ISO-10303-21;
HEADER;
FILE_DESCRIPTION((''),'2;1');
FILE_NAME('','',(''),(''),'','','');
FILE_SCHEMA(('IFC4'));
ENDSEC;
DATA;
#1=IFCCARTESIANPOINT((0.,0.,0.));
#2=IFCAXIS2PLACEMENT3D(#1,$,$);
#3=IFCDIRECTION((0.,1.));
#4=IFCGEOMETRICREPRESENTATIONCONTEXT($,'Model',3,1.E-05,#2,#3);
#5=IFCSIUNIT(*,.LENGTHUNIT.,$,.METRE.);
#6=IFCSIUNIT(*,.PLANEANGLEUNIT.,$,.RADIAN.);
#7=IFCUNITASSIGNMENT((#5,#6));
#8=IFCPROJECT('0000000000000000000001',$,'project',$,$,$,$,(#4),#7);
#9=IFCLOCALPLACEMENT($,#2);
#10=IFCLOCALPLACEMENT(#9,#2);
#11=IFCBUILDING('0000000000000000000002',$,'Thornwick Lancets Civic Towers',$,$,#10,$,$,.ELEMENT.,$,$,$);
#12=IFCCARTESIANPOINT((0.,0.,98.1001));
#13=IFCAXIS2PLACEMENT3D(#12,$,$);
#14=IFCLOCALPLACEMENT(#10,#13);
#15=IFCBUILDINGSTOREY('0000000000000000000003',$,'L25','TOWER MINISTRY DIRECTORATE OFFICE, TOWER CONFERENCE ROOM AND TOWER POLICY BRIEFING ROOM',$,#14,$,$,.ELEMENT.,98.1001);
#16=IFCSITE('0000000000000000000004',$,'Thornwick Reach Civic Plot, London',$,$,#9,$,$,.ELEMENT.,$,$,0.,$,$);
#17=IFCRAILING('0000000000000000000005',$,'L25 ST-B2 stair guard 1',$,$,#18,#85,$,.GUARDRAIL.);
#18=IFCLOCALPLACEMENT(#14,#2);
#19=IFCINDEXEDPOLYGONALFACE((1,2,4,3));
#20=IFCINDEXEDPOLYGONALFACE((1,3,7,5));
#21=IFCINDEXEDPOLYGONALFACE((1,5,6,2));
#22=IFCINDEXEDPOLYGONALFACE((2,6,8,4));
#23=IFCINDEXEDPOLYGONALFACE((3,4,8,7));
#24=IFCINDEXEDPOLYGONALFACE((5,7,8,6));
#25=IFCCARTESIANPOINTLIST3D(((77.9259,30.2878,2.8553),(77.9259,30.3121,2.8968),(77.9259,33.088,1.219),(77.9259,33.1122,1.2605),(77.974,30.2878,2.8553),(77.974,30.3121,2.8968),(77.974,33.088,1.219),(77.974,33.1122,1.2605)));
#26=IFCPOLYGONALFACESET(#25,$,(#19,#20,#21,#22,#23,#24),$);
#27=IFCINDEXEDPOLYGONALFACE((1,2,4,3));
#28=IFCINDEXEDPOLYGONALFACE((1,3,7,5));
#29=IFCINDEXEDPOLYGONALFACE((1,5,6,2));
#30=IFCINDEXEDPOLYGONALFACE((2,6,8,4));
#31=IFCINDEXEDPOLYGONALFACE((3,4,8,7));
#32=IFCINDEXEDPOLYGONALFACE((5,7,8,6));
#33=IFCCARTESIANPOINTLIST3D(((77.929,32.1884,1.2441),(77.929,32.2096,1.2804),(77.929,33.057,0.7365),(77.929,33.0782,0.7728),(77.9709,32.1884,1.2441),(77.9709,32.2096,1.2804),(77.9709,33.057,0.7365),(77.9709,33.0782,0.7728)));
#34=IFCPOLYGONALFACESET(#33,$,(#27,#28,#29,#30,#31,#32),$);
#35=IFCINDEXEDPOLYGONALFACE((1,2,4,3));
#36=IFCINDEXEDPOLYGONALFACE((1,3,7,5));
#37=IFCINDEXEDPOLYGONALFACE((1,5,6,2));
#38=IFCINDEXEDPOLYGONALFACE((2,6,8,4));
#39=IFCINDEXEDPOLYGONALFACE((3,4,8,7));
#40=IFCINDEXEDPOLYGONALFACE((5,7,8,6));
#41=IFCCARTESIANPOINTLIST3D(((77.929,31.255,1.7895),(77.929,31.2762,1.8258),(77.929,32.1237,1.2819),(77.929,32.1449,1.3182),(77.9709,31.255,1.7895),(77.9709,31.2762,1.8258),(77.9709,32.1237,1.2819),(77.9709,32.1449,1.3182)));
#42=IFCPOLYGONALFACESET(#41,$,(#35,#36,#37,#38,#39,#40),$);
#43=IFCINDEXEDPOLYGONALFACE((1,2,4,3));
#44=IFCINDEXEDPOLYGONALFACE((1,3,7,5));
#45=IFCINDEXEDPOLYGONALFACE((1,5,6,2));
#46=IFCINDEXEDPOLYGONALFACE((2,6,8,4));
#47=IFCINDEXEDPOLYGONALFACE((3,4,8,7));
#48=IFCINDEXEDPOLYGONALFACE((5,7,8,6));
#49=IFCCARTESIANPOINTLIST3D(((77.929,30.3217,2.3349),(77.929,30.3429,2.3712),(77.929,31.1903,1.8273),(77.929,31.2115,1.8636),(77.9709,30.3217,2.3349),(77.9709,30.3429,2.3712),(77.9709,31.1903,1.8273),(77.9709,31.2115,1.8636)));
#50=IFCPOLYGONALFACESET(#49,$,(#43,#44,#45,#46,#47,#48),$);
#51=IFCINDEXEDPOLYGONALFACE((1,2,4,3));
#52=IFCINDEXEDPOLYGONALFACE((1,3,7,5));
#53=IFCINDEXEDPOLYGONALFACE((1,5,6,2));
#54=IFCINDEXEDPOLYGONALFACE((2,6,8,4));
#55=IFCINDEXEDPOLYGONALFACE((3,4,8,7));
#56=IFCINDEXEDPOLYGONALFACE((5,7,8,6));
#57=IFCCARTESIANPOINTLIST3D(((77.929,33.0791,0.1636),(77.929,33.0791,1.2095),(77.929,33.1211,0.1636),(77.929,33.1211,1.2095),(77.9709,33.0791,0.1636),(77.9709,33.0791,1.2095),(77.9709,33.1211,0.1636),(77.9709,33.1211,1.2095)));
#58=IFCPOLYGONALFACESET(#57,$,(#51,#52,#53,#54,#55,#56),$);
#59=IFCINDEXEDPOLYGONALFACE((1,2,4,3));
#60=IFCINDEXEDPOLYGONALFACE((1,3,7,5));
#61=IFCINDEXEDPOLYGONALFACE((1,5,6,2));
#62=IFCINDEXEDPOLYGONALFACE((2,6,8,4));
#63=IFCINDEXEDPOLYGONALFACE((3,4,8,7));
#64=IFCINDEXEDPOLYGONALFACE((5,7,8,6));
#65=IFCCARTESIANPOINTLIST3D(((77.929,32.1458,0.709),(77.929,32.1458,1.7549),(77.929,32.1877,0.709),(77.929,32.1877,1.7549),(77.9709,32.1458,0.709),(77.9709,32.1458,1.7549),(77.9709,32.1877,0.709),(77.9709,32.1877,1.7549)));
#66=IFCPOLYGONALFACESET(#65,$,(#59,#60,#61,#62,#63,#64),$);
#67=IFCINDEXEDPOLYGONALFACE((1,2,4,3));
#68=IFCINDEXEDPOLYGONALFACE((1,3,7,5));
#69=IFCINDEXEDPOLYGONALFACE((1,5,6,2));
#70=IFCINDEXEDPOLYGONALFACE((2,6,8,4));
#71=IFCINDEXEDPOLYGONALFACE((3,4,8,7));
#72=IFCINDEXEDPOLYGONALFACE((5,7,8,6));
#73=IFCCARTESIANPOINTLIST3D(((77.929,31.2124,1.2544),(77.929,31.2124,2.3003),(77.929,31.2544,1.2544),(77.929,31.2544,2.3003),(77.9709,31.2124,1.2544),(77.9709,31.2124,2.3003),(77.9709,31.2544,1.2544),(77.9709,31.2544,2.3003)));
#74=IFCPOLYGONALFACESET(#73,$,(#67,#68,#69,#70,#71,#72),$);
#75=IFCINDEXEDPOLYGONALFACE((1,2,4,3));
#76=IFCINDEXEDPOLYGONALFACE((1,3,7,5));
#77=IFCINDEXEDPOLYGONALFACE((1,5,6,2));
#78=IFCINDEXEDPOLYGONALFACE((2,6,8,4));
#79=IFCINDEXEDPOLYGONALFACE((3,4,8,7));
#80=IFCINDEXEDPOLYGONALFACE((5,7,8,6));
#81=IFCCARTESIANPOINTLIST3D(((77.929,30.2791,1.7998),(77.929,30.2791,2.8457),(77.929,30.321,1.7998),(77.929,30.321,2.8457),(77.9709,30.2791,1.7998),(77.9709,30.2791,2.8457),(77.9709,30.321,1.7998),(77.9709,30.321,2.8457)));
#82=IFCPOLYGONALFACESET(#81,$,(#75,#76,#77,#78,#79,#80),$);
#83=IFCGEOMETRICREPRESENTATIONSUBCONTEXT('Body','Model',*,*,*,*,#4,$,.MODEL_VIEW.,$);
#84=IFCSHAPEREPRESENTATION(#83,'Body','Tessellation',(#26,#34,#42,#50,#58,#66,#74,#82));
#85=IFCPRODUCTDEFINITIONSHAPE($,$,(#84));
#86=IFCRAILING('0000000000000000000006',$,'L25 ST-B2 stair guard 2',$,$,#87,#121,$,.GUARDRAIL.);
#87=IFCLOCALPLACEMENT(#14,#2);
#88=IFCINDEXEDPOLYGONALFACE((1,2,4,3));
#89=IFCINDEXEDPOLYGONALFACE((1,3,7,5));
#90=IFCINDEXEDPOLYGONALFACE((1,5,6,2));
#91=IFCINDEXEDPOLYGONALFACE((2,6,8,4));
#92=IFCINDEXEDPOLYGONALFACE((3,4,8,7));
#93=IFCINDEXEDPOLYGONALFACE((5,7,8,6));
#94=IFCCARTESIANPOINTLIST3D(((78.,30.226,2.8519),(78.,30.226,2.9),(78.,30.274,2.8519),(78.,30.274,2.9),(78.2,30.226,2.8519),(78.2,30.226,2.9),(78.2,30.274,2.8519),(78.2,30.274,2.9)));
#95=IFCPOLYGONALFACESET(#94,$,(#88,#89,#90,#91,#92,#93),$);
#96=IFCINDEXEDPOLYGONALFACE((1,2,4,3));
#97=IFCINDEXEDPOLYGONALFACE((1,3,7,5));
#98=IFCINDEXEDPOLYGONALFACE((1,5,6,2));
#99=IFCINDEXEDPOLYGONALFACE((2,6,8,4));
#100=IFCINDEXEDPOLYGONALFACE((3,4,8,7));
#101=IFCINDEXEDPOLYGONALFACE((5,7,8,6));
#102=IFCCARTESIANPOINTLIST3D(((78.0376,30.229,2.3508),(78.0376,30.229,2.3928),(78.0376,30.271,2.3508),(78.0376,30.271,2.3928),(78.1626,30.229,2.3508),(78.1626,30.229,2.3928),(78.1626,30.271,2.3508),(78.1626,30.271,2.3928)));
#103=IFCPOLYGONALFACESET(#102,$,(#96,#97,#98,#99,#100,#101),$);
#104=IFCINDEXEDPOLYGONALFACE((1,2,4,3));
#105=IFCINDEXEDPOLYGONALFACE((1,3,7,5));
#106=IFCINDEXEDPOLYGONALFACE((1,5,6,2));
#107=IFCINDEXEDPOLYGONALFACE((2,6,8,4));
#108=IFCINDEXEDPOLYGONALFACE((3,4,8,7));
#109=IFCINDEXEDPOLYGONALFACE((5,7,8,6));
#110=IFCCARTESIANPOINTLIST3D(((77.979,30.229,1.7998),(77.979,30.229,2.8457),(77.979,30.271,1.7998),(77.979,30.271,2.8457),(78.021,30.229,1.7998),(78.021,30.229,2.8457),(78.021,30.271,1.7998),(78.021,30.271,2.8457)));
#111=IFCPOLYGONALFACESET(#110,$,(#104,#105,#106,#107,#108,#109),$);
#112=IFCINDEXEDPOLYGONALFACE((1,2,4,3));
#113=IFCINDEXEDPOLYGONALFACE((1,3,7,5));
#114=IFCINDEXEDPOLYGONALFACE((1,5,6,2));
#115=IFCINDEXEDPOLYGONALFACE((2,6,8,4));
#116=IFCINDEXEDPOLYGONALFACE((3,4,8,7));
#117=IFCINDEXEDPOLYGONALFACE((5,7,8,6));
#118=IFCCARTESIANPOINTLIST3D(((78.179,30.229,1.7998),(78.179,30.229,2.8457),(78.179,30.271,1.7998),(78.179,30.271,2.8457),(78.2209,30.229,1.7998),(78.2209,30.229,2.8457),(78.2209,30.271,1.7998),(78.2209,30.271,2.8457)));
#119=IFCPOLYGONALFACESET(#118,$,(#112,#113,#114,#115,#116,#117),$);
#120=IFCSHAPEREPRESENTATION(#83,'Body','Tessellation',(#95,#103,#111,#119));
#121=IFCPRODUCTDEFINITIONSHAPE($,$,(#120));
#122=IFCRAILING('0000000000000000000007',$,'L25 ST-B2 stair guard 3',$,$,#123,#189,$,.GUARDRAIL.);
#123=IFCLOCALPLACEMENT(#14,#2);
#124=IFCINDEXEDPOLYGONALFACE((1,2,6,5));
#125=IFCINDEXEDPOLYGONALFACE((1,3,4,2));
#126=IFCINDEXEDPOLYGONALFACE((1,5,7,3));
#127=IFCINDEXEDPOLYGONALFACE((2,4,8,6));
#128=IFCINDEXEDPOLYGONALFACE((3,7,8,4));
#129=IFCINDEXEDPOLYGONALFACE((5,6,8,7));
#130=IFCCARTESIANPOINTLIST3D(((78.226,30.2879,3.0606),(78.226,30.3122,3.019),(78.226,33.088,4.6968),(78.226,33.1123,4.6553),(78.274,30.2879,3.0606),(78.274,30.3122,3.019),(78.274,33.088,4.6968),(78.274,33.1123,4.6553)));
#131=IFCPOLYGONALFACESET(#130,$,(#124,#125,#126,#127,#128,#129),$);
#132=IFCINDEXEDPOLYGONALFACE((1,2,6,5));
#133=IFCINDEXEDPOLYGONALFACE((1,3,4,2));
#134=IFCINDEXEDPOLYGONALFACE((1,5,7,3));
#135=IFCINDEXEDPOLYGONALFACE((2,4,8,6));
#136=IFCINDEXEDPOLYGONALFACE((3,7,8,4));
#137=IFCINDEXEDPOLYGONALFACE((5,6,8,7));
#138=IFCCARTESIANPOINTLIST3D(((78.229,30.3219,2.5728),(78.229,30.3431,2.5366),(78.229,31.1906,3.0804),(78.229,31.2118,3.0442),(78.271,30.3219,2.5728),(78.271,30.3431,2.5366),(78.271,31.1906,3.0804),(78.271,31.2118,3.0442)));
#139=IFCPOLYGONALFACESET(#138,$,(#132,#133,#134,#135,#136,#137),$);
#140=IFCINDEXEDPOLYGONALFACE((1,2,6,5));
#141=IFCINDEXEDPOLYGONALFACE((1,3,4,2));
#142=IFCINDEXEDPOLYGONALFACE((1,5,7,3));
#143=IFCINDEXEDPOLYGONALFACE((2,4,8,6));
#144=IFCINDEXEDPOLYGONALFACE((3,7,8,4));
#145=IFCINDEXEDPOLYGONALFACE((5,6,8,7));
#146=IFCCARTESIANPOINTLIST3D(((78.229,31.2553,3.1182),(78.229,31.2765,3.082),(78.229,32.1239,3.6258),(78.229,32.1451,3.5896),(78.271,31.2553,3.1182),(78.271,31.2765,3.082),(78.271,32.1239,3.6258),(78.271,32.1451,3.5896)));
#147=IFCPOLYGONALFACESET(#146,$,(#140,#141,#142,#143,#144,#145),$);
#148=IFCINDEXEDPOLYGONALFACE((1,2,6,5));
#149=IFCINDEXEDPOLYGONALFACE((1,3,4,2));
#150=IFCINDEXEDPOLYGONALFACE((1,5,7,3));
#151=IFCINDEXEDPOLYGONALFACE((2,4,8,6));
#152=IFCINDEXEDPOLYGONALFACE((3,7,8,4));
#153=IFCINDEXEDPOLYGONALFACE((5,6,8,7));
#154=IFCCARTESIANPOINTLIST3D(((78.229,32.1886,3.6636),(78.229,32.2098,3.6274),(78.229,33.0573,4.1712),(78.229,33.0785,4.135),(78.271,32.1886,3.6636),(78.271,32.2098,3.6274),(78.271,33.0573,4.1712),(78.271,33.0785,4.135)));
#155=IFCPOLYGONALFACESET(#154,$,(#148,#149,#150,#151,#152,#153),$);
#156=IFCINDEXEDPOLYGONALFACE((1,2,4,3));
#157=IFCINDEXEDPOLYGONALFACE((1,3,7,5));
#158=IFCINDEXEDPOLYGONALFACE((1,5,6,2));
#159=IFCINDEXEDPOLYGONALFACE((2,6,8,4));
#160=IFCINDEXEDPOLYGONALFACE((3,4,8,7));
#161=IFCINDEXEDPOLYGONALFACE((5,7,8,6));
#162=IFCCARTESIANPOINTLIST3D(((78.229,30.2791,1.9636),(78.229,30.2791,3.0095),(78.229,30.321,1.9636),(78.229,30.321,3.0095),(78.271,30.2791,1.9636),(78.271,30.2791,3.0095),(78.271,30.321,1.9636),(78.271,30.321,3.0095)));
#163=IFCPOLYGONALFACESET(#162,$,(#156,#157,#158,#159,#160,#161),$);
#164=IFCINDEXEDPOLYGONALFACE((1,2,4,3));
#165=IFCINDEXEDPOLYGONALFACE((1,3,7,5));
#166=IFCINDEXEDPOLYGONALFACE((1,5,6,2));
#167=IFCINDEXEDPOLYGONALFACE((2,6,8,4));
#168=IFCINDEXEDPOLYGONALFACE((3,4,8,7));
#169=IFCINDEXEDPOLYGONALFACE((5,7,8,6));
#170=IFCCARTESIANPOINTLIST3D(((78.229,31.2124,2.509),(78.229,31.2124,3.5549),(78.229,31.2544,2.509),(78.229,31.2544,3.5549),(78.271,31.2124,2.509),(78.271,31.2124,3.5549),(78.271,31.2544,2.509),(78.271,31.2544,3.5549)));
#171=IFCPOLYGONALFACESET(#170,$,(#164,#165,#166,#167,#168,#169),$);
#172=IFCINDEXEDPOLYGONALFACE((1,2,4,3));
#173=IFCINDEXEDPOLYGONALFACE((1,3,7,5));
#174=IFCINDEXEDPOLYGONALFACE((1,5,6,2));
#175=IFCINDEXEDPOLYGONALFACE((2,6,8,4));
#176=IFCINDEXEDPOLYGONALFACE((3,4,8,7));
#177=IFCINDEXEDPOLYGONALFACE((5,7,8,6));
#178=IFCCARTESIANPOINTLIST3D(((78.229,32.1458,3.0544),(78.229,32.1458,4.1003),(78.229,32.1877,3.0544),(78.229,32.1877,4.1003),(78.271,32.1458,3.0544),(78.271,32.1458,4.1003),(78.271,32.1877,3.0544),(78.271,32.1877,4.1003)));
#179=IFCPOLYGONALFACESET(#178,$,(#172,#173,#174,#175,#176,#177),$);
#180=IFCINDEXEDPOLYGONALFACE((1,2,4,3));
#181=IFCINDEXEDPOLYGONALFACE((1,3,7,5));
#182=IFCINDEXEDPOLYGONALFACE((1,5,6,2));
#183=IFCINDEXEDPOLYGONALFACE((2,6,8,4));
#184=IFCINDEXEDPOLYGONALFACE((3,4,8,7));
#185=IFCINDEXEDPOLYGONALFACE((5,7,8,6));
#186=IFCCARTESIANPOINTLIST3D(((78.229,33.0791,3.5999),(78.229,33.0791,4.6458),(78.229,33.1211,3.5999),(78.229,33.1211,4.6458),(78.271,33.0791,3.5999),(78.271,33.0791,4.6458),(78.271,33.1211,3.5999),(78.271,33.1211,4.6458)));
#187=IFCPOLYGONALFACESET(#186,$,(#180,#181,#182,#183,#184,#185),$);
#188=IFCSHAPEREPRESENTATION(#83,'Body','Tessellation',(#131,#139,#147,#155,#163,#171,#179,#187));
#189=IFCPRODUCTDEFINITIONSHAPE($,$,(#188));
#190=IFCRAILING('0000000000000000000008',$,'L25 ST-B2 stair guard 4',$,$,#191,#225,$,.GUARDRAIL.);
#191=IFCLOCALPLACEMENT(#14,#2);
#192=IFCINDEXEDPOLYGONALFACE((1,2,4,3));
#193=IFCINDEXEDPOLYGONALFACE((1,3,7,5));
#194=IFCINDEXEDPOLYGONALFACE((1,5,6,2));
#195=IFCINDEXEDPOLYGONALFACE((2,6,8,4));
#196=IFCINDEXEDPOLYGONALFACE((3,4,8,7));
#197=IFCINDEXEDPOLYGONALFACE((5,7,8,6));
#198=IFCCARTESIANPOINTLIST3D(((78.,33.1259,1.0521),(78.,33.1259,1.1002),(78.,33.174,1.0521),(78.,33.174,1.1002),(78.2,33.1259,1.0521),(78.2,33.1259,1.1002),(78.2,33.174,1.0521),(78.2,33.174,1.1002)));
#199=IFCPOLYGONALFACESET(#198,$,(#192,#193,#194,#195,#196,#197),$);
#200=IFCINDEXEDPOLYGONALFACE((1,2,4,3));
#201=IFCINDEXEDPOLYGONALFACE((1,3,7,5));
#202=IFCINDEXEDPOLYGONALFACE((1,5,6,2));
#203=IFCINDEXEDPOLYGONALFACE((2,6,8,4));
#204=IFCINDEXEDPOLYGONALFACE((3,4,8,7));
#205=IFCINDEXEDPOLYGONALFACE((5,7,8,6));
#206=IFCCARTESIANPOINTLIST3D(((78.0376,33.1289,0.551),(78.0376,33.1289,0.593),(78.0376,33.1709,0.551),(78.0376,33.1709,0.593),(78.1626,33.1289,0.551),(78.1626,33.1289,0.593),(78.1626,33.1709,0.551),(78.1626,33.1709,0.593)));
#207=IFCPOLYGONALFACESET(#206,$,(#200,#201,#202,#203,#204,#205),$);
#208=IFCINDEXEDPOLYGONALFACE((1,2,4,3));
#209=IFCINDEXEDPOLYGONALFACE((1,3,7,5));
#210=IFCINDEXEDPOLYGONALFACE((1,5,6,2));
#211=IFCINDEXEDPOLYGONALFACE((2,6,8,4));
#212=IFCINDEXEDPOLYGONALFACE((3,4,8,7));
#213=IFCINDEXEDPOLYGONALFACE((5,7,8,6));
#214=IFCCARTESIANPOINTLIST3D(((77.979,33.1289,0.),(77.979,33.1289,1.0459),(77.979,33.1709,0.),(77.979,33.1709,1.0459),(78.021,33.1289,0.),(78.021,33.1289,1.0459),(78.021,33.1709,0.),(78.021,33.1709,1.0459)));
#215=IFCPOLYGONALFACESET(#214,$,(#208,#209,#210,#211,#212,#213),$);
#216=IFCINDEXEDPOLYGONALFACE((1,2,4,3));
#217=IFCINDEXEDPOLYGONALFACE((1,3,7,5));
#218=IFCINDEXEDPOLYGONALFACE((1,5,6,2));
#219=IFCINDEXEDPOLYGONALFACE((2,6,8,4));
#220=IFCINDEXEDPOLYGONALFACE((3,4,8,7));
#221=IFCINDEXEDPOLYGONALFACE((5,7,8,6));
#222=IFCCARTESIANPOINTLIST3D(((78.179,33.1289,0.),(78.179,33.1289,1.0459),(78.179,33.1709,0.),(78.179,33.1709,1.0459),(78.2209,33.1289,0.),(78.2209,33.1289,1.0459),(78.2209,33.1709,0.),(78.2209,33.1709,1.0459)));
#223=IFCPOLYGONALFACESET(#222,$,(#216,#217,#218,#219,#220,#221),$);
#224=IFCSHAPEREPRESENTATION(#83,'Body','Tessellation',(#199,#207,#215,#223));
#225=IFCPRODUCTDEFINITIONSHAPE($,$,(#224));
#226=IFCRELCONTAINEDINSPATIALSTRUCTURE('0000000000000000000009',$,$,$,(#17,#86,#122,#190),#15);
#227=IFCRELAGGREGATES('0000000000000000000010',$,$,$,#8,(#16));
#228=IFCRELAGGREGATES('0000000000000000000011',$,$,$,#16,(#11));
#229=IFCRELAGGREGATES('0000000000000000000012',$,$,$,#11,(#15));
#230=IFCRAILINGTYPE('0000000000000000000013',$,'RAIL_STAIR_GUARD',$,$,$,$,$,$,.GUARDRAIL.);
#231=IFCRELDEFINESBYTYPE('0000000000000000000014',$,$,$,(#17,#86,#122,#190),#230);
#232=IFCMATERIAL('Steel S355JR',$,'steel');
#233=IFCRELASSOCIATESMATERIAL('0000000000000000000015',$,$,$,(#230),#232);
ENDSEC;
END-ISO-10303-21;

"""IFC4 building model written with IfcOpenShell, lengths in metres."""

from ifc_helpers import new_model, si_unit, direction, frame, origin, origin_2d, place, context, subcontext, project, spatial, rectangle, extrude, material, type_object, element, save


model = new_model("IFC4")

# Units and contexts
model_context = context("Model", 3, precision=1e-05, world=origin(), true_north=direction((0.0, 1.0)))
body_context = subcontext(model_context, "Body", "Model", "MODEL_VIEW")
ifc_project = project(units=[si_unit("LENGTHUNIT", "METRE"), si_unit("PLANEANGLEUNIT", "RADIAN")], contexts=[model_context])

# Site, building, storey
site_placement = place(None, origin())
site = spatial("IfcSite", under=ifc_project, at=site_placement, Name="Thornwick Reach Civic Plot, London", CompositionType="ELEMENT", RefElevation=0.0)
building_placement = place(site_placement, origin())
building = spatial("IfcBuilding", under=site, at=building_placement, Name="Thornwick Lancets Civic Towers", CompositionType="ELEMENT")
storey_placement = place(building_placement, frame((0.0, 0.0, 98.1001)))
storey = spatial("IfcBuildingStorey", under=building, at=storey_placement, Name="L25", Description="TOWER MINISTRY DIRECTORATE OFFICE, TOWER CONFERENCE ROOM AND TOWER POLICY BRIEFING ROOM", CompositionType="ELEMENT", Elevation=98.1001)

# Shared definitions
ifc_material_1 = material(Name="Steel S355JR", Category="steel")

# Railings
railing_type_1 = type_object("IfcRailingType", Name="RAIL_STAIR_GUARD", PredefinedType="GUARDRAIL", material=ifc_material_1)
railing_1_placement = place(storey_placement, frame((77.95, 33.1001, 0.1636)))
element("IfcRailing", 1, at=railing_1_placement, inside=storey, type_object=railing_type_1, Name="L25 ST-B2 stair guard 1", PredefinedType="GUARDRAIL", context=body_context, shape_type="SweptSolid", body=[
    extrude(rectangle(XDim=0.0481, YDim=0.0481, at=origin_2d()), frame((0.0, 0.0, 1.0762), z_axis=(0.0, -0.863394, 0.504531), x_axis=(1.0, 0.0, 0.0)), (0.0, 0.0, 1.0), 3.2432),
    extrude(rectangle(XDim=0.042, YDim=0.042, at=origin_2d()), frame((0.0, -0.0325, 0.5911), z_axis=(0.0, -0.863394, 0.504531), x_axis=(1.0, 0.0, 0.0)), (0.0, 0.0, 1.0), 1.0061),
    extrude(rectangle(XDim=0.042, YDim=0.042, at=origin_2d()), frame((0.0, -0.9658, 1.1365), z_axis=(0.0, -0.863394, 0.504531), x_axis=(1.0, 0.0, 0.0)), (0.0, 0.0, 1.0), 1.0061),
    extrude(rectangle(XDim=0.042, YDim=0.042, at=origin_2d()), frame((0.0, -1.8992, 1.6819), z_axis=(0.0, -0.863394, 0.504531), x_axis=(1.0, 0.0, 0.0)), (0.0, 0.0, 1.0), 1.0061),
    extrude(rectangle(XDim=0.042, YDim=0.042, at=origin_2d()), origin(), (0.0, 0.0, 1.0), 1.0459),
    extrude(rectangle(XDim=0.042, YDim=0.042, at=origin_2d()), frame((0.0, -0.9333, 0.5454)), (0.0, 0.0, 1.0), 1.0459),
    extrude(rectangle(XDim=0.042, YDim=0.042, at=origin_2d()), frame((0.0, -1.8667, 1.0908)), (0.0, 0.0, 1.0), 1.0459),
    extrude(rectangle(XDim=0.042, YDim=0.042, at=origin_2d()), frame((0.0, -2.8, 1.6362)), (0.0, 0.0, 1.0), 1.0459),
])
railing_2_placement = place(storey_placement, frame((78.0, 30.25, 1.7998)))
element("IfcRailing", 2, at=railing_2_placement, inside=storey, type_object=railing_type_1, Name="L25 ST-B2 stair guard 2", PredefinedType="GUARDRAIL", context=body_context, shape_type="SweptSolid", body=[
    extrude(rectangle(XDim=0.0481, YDim=0.0481, at=origin_2d()), frame((0.0, 0.0, 1.0762), z_axis=(1.0, 0.0, 0.0), x_axis=(0.0, 1.0, 0.0)), (0.0, 0.0, 1.0), 0.2),
    extrude(rectangle(XDim=0.042, YDim=0.042, at=origin_2d()), frame((0.0376, 0.0, 0.572), z_axis=(1.0, 0.0, 0.0), x_axis=(0.0, 1.0, 0.0)), (0.0, 0.0, 1.0), 0.125),
    extrude(rectangle(XDim=0.042, YDim=0.042, at=origin_2d()), origin(), (0.0, 0.0, 1.0), 1.0459),
    extrude(rectangle(XDim=0.042, YDim=0.042, at=origin_2d()), frame((0.2, 0.0, 0.0)), (0.0, 0.0, 1.0), 1.0459),
])
railing_3_placement = place(storey_placement, frame((78.25, 30.3, 1.9636)))
element("IfcRailing", 3, at=railing_3_placement, inside=storey, type_object=railing_type_1, Name="L25 ST-B2 stair guard 3", PredefinedType="GUARDRAIL", context=body_context, shape_type="SweptSolid", body=[
    extrude(rectangle(XDim=0.0481, YDim=0.0481, at=origin_2d()), frame((0.0, 0.0, 1.0762), z_axis=(0.0, 0.863394, 0.504531), x_axis=(-1.0, 0.0, 0.0)), (0.0, 0.0, 1.0), 3.2432),
    extrude(rectangle(XDim=0.042, YDim=0.042, at=origin_2d()), frame((0.0, 0.0325, 0.5911), z_axis=(0.0, 0.863394, 0.504531), x_axis=(-1.0, 0.0, 0.0)), (0.0, 0.0, 1.0), 1.0061),
    extrude(rectangle(XDim=0.042, YDim=0.042, at=origin_2d()), frame((0.0, 0.9658, 1.1365), z_axis=(0.0, 0.863394, 0.504531), x_axis=(-1.0, 0.0, 0.0)), (0.0, 0.0, 1.0), 1.0061),
    extrude(rectangle(XDim=0.042, YDim=0.042, at=origin_2d()), frame((0.0, 1.8992, 1.6819), z_axis=(0.0, 0.863394, 0.504531), x_axis=(-1.0, 0.0, 0.0)), (0.0, 0.0, 1.0), 1.0061),
    extrude(rectangle(XDim=0.042, YDim=0.042, at=origin_2d()), origin(), (0.0, 0.0, 1.0), 1.0459),
    extrude(rectangle(XDim=0.042, YDim=0.042, at=origin_2d()), frame((0.0, 0.9333, 0.5454)), (0.0, 0.0, 1.0), 1.0459),
    extrude(rectangle(XDim=0.042, YDim=0.042, at=origin_2d()), frame((0.0, 1.8667, 1.0908)), (0.0, 0.0, 1.0), 1.0459),
    extrude(rectangle(XDim=0.042, YDim=0.042, at=origin_2d()), frame((0.0, 2.8, 1.6362)), (0.0, 0.0, 1.0), 1.0459),
])
railing_4_placement = place(storey_placement, frame((78.0, 33.1499, 0.0)))
element("IfcRailing", 4, at=railing_4_placement, inside=storey, type_object=railing_type_1, Name="L25 ST-B2 stair guard 4", PredefinedType="GUARDRAIL", context=body_context, shape_type="SweptSolid", body=[
    extrude(rectangle(XDim=0.0481, YDim=0.0481, at=origin_2d()), frame((0.0, 0.0, 1.0762), z_axis=(1.0, 0.0, 0.0), x_axis=(0.0, 1.0, 0.0)), (0.0, 0.0, 1.0), 0.2),
    extrude(rectangle(XDim=0.042, YDim=0.042, at=origin_2d()), frame((0.0376, 0.0, 0.572), z_axis=(1.0, 0.0, 0.0), x_axis=(0.0, 1.0, 0.0)), (0.0, 0.0, 1.0), 0.125),
    extrude(rectangle(XDim=0.042, YDim=0.042, at=origin_2d()), origin(), (0.0, 0.0, 1.0), 1.0459),
    extrude(rectangle(XDim=0.042, YDim=0.042, at=origin_2d()), frame((0.2, 0.0, 0.0)), (0.0, 0.0, 1.0), 1.0459),
])

save(model, "model.ifc")
